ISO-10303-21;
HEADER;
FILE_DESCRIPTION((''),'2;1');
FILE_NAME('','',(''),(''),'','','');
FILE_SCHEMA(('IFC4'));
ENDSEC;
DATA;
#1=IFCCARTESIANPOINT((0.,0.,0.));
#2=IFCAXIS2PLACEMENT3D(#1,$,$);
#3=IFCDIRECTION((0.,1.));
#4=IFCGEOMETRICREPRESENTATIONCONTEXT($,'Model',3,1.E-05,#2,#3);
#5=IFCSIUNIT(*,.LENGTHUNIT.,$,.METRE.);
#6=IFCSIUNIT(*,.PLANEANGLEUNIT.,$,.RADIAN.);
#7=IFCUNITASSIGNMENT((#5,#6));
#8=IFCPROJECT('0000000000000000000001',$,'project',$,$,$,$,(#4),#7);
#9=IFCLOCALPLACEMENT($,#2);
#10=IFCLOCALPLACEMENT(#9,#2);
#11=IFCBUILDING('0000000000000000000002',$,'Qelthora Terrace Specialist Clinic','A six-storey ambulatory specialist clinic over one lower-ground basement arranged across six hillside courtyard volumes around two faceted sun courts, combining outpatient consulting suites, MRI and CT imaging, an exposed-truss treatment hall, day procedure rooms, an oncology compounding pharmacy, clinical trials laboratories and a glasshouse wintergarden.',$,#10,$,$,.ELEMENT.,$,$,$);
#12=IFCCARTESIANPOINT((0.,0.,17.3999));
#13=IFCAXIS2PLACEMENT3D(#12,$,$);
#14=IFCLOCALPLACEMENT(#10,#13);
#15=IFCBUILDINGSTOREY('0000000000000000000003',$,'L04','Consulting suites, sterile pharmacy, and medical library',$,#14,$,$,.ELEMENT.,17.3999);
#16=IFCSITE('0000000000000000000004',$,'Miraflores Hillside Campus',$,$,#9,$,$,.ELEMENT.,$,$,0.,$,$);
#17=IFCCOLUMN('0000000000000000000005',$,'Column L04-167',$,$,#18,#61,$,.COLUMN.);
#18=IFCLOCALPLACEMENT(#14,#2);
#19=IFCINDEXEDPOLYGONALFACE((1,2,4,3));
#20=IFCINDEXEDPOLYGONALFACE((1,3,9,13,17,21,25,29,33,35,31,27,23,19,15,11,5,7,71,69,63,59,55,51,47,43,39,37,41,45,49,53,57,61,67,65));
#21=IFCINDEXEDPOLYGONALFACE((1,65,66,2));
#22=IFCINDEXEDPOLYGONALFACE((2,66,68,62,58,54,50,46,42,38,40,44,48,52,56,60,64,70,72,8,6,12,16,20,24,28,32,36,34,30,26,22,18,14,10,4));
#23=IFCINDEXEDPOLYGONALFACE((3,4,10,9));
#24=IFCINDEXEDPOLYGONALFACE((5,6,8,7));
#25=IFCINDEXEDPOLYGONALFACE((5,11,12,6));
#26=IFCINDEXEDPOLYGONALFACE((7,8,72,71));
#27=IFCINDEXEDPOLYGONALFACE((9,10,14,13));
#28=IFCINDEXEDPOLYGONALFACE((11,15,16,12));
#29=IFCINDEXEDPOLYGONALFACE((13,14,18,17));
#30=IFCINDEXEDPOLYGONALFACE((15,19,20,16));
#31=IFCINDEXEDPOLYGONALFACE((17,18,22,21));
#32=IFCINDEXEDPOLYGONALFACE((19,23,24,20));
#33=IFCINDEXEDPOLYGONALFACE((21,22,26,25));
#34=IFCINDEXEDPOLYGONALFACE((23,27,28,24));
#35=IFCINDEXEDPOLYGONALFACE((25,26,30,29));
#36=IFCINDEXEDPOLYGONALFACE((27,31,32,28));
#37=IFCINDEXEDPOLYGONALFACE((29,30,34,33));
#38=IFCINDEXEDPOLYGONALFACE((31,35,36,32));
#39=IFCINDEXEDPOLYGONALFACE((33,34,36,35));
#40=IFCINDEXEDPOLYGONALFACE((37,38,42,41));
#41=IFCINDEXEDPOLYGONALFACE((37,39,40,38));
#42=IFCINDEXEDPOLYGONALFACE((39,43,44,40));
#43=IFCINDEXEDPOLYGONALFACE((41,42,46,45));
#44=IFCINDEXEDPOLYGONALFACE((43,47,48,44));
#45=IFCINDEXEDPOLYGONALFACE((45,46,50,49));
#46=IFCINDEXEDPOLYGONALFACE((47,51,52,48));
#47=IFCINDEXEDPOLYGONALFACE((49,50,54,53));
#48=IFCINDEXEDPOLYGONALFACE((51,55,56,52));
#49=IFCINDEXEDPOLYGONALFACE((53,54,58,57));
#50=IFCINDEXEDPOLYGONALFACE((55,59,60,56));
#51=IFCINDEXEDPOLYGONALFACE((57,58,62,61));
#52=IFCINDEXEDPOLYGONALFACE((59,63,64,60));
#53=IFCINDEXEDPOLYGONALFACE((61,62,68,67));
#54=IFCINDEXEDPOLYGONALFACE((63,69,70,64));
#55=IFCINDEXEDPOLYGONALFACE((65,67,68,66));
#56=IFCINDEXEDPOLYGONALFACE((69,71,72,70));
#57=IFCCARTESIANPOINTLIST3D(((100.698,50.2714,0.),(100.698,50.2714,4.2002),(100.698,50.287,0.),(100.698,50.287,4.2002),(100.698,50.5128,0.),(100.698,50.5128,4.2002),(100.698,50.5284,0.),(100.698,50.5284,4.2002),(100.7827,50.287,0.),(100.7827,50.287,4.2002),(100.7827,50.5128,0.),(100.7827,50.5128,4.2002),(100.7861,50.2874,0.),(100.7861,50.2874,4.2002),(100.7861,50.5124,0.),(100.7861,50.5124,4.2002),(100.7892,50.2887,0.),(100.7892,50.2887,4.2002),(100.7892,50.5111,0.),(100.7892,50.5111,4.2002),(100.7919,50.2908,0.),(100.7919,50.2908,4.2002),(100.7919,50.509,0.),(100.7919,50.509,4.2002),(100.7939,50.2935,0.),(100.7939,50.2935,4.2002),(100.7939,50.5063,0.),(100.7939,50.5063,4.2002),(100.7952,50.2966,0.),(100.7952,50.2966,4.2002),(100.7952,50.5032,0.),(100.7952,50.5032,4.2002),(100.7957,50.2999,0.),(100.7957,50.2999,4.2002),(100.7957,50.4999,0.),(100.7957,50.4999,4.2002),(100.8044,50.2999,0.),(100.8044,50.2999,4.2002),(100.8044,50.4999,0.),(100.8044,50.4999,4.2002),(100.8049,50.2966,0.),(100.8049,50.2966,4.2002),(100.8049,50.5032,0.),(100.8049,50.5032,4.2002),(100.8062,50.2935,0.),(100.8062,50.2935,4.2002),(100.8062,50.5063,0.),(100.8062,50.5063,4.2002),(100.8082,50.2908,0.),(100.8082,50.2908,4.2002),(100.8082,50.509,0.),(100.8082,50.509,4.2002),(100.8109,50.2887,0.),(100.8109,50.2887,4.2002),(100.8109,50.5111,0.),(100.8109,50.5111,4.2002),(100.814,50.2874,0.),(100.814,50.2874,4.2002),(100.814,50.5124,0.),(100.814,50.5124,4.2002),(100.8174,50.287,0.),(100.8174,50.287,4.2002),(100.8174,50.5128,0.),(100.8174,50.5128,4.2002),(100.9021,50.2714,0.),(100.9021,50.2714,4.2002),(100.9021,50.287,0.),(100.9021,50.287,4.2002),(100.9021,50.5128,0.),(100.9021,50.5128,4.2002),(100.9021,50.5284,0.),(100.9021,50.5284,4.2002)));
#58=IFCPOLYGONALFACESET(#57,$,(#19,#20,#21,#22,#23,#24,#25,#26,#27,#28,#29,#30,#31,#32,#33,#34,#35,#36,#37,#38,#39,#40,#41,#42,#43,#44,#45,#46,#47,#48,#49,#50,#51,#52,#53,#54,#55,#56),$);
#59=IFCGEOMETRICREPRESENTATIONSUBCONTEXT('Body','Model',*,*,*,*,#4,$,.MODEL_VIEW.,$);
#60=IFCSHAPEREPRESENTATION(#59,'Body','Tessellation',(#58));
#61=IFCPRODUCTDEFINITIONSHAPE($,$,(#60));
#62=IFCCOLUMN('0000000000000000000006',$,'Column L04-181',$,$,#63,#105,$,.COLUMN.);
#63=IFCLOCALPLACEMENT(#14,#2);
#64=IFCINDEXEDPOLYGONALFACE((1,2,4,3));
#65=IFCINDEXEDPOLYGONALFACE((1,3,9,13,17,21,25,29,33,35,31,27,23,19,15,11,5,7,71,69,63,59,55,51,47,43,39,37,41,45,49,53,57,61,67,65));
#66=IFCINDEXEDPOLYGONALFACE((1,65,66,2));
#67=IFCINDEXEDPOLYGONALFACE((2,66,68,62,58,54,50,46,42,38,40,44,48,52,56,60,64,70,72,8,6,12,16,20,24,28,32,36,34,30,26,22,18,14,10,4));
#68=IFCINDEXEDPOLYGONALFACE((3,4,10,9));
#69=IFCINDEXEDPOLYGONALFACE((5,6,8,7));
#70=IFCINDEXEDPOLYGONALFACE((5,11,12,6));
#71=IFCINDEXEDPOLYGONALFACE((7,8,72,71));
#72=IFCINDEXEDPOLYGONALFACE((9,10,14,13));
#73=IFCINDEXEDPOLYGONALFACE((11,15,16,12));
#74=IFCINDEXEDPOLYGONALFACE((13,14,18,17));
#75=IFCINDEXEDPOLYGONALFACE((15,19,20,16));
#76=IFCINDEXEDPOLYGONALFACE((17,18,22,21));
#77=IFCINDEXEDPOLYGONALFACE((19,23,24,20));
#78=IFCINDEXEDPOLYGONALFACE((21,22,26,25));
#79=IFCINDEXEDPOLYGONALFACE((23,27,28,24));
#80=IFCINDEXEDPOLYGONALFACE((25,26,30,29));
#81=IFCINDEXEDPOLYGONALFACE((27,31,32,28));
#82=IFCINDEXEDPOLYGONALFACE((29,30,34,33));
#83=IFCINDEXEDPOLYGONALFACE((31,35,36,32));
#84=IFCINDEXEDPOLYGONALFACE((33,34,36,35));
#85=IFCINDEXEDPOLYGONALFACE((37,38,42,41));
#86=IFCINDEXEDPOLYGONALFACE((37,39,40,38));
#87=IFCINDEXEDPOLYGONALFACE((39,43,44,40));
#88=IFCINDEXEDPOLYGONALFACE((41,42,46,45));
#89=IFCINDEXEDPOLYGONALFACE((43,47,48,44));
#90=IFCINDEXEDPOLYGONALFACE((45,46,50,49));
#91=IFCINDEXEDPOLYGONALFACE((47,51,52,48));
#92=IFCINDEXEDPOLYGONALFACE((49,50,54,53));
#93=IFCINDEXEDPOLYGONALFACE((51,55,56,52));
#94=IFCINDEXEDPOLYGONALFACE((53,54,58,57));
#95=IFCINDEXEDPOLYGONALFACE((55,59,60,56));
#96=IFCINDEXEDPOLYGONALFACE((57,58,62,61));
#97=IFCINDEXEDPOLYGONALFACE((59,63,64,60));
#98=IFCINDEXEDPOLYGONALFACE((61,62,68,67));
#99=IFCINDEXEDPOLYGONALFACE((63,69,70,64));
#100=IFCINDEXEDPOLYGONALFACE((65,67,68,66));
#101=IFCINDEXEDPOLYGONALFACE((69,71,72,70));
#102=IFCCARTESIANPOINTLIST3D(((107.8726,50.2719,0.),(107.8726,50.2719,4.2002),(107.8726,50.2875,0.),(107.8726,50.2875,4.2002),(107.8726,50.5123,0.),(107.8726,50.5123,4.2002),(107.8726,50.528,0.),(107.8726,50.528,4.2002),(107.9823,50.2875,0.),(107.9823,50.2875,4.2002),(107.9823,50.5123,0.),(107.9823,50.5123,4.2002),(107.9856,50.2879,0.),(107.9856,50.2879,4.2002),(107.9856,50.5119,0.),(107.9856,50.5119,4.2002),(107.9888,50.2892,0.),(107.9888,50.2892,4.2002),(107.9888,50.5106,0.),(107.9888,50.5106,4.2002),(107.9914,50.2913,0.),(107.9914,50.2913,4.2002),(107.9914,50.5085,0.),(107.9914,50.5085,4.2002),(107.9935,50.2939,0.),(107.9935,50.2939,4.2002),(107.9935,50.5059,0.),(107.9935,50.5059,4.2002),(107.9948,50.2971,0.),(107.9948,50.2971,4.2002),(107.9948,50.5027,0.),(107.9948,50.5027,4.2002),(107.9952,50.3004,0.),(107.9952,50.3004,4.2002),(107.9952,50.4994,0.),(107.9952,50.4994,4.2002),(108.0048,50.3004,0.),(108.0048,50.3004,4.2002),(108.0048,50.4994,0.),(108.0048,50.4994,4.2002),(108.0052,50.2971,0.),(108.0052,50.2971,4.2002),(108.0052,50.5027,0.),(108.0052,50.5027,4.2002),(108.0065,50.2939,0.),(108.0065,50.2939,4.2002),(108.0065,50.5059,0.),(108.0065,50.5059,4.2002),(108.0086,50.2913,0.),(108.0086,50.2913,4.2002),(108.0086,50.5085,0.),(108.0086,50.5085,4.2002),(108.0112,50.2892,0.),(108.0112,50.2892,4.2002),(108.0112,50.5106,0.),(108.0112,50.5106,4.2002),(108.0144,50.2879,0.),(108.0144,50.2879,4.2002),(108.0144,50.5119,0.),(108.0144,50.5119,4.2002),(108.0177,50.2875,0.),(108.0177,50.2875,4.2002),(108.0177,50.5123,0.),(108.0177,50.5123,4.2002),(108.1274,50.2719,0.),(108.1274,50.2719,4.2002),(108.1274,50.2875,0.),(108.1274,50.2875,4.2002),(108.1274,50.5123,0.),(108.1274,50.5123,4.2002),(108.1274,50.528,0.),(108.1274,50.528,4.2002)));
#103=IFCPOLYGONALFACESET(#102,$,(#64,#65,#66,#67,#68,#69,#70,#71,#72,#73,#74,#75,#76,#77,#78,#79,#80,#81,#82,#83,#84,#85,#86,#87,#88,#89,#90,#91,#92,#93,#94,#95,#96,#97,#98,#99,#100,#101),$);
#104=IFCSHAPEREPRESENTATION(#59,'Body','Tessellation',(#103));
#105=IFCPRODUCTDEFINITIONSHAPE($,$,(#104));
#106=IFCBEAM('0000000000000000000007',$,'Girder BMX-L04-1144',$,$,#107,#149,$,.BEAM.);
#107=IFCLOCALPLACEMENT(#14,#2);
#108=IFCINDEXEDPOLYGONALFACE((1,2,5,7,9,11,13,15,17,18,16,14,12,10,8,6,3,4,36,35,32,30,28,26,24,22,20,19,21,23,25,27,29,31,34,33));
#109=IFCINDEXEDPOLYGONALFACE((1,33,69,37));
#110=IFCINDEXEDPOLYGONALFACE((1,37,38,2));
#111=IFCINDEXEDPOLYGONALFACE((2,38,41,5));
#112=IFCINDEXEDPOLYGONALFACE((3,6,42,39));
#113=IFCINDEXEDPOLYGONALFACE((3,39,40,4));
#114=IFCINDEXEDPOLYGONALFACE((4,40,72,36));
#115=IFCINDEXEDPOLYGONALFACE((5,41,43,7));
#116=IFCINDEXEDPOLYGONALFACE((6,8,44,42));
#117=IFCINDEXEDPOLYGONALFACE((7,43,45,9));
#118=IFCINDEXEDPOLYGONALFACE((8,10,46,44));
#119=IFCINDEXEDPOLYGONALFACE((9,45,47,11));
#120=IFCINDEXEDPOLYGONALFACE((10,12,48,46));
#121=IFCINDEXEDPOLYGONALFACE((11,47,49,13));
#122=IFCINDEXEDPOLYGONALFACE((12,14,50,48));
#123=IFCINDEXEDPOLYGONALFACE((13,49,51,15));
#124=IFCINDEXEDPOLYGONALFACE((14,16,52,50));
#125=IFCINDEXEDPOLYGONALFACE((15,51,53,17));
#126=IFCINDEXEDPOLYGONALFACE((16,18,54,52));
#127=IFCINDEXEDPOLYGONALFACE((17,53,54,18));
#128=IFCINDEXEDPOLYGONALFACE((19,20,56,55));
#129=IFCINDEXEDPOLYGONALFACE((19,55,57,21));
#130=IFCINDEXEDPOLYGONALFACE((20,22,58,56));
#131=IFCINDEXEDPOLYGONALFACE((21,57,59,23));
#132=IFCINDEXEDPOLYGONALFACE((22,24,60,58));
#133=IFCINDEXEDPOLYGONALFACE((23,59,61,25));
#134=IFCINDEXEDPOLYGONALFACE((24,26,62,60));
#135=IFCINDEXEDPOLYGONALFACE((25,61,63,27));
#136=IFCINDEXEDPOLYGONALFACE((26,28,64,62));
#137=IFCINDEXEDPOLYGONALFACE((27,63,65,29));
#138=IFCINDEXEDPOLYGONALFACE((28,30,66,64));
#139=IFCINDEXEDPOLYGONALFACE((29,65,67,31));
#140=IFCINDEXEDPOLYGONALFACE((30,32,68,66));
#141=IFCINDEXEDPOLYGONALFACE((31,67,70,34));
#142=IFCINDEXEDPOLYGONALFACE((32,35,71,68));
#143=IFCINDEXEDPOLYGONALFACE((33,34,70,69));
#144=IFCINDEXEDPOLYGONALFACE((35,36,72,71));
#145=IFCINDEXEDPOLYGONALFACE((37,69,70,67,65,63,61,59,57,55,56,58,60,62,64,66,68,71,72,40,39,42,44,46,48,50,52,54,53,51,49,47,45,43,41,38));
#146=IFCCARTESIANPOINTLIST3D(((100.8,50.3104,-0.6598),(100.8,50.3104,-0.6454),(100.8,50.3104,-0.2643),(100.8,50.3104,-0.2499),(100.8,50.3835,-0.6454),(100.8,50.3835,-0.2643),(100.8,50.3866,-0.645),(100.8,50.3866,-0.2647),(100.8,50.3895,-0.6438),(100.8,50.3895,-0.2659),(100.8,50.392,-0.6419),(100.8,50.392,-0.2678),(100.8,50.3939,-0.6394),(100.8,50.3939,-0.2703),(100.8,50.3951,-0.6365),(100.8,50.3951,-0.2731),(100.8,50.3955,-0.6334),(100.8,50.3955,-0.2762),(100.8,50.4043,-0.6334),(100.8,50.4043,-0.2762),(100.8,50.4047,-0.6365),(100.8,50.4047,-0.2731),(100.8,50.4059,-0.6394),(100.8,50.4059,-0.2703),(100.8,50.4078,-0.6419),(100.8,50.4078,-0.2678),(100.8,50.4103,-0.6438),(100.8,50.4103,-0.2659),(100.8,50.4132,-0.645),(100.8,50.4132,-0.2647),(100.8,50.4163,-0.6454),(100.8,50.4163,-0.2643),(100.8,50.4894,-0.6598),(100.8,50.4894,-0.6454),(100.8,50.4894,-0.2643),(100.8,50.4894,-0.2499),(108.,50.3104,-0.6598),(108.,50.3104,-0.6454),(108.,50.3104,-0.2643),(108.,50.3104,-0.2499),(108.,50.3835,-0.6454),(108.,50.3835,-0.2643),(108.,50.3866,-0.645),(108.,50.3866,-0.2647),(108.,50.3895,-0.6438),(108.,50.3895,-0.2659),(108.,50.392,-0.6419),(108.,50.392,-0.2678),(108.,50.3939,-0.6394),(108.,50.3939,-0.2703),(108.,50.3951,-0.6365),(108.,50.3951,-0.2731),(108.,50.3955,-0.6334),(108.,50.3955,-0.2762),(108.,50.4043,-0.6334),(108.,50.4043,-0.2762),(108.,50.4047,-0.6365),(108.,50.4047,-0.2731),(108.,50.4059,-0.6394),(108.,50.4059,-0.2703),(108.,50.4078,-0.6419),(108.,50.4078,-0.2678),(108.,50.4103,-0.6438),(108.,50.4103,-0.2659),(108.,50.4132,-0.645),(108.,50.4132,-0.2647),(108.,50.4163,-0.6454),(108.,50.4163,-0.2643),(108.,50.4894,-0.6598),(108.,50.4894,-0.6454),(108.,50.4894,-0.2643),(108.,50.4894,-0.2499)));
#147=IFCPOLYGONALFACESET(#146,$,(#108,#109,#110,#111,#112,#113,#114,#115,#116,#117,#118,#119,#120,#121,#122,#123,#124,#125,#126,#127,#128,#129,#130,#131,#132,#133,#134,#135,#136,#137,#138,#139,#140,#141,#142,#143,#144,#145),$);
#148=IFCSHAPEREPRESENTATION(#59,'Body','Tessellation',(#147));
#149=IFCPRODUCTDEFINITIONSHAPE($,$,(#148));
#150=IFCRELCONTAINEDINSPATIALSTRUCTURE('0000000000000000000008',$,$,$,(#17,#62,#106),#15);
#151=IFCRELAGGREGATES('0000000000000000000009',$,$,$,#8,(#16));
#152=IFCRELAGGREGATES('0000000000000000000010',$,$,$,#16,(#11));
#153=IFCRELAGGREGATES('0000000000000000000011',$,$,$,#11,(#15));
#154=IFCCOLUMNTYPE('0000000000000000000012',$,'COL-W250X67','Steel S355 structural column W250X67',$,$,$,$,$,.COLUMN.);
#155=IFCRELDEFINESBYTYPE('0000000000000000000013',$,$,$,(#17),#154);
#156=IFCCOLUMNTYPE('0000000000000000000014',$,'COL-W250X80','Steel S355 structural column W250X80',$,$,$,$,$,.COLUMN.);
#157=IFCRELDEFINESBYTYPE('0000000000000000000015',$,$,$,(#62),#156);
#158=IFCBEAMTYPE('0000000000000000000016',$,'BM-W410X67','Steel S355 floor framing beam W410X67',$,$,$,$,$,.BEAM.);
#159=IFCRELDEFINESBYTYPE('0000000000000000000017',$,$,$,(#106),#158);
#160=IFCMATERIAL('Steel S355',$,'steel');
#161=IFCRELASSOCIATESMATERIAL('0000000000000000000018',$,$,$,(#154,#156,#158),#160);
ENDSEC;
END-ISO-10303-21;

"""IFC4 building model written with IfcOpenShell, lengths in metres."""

from ifc_helpers import new_model, si_unit, direction, frame, origin, origin_2d, place, context, subcontext, project, spatial, i_section, extrude, material, material_profile, profile_set, type_object, element, save


model = new_model("IFC4")

# Units and contexts
model_context = context("Model", 3, precision=1e-05, world=origin(), true_north=direction((0.0, 1.0)))
body_context = subcontext(model_context, "Body", "Model", "MODEL_VIEW")
ifc_project = project(units=[si_unit("LENGTHUNIT", "METRE"), si_unit("PLANEANGLEUNIT", "RADIAN")], contexts=[model_context])

# Site, building, storey
site_placement = place(None, origin())
site = spatial("IfcSite", under=ifc_project, at=site_placement, Name="Miraflores Hillside Campus", CompositionType="ELEMENT", RefElevation=0.0)
building_placement = place(site_placement, origin())
building = spatial("IfcBuilding", under=site, at=building_placement, Name="Qelthora Terrace Specialist Clinic", Description="A six-storey ambulatory specialist clinic over one lower-ground basement arranged across six hillside courtyard volumes around two faceted sun courts, combining outpatient consulting suites, MRI and CT imaging, an exposed-truss treatment hall, day procedure rooms, an oncology compounding pharmacy, clinical trials laboratories and a glasshouse wintergarden.", CompositionType="ELEMENT")
storey_placement = place(building_placement, frame((0.0, 0.0, 17.3999)))
storey = spatial("IfcBuildingStorey", under=building, at=storey_placement, Name="L04", Description="Consulting suites, sterile pharmacy, and medical library", CompositionType="ELEMENT", Elevation=17.3999)

# Columns
ifc_material_1 = material(Name="Steel S355", Category="steel")
ifc_material_profile_1 = material_profile(ifc_material_1, i_section(OverallWidth=0.2041, OverallDepth=0.2571, WebThickness=0.0088, FlangeThickness=0.0156, FilletRadius=0.0129, at=origin_2d()), Name="W250X67")
ifc_profile_set_1 = profile_set([ifc_material_profile_1], Name="Steel S355")
column_type_1 = type_object("IfcColumnType", Name="COL-W250X67", Description="Steel S355 structural column W250X67", PredefinedType="COLUMN", material=ifc_profile_set_1)
column_1_placement = place(storey_placement, frame((100.8, 50.3999, 0.0), z_axis=(0.0, 0.0, 1.0), x_axis=(1.0, 0.0, 0.0)))
element("IfcColumn", 1, at=column_1_placement, inside=storey, type_object=column_type_1, Name="Column L04-167", PredefinedType="COLUMN", context=body_context, shape_type="SweptSolid", body=[
    extrude(i_section(OverallWidth=0.2041, OverallDepth=0.2571, WebThickness=0.0088, FlangeThickness=0.0156, FilletRadius=0.0129, at=origin_2d()), origin(), (0.0, 0.0, 1.0), 4.2002),
])
ifc_material_profile_2 = material_profile(ifc_material_1, i_section(OverallWidth=0.2549, OverallDepth=0.2561, WebThickness=0.0095, FlangeThickness=0.0156, FilletRadius=0.0129, at=origin_2d()), Name="W250X80")
ifc_profile_set_2 = profile_set([ifc_material_profile_2], Name="Steel S355")
column_type_2 = type_object("IfcColumnType", Name="COL-W250X80", Description="Steel S355 structural column W250X80", PredefinedType="COLUMN", material=ifc_profile_set_2)
column_2_placement = place(storey_placement, frame((108.0, 50.3999, 0.0), z_axis=(0.0, 0.0, 1.0), x_axis=(1.0, 0.0, 0.0)))
element("IfcColumn", 2, at=column_2_placement, inside=storey, type_object=column_type_2, Name="Column L04-181", PredefinedType="COLUMN", context=body_context, shape_type="SweptSolid", body=[
    extrude(i_section(OverallWidth=0.2549, OverallDepth=0.2561, WebThickness=0.0095, FlangeThickness=0.0156, FilletRadius=0.0129, at=origin_2d()), origin(), (0.0, 0.0, 1.0), 4.2002),
])

# Beam
ifc_material_profile_3 = material_profile(ifc_material_1, i_section(OverallWidth=0.179, OverallDepth=0.4099, WebThickness=0.0088, FlangeThickness=0.0144, FilletRadius=0.012, at=origin_2d()), Name="W410X67")
ifc_profile_set_3 = profile_set([ifc_material_profile_3], Name="Steel S355")
beam_type_1 = type_object("IfcBeamType", Name="BM-W410X67", Description="Steel S355 floor framing beam W410X67", PredefinedType="BEAM", material=ifc_profile_set_3)
beam_1_placement = place(storey_placement, frame((100.8, 50.3999, -0.4548), z_axis=(1.0, 0.0, 0.0), x_axis=(0.0, 1.0, 0.0)))
element("IfcBeam", 3, at=beam_1_placement, inside=storey, type_object=beam_type_1, Name="Girder BMX-L04-1144", PredefinedType="BEAM", context=body_context, shape_type="SweptSolid", body=[
    extrude(i_section(OverallWidth=0.179, OverallDepth=0.4099, WebThickness=0.0088, FlangeThickness=0.0144, FilletRadius=0.012, at=origin_2d()), origin(), (0.0, 0.0, 1.0), 7.2),
])

save(model, "model.ifc")
